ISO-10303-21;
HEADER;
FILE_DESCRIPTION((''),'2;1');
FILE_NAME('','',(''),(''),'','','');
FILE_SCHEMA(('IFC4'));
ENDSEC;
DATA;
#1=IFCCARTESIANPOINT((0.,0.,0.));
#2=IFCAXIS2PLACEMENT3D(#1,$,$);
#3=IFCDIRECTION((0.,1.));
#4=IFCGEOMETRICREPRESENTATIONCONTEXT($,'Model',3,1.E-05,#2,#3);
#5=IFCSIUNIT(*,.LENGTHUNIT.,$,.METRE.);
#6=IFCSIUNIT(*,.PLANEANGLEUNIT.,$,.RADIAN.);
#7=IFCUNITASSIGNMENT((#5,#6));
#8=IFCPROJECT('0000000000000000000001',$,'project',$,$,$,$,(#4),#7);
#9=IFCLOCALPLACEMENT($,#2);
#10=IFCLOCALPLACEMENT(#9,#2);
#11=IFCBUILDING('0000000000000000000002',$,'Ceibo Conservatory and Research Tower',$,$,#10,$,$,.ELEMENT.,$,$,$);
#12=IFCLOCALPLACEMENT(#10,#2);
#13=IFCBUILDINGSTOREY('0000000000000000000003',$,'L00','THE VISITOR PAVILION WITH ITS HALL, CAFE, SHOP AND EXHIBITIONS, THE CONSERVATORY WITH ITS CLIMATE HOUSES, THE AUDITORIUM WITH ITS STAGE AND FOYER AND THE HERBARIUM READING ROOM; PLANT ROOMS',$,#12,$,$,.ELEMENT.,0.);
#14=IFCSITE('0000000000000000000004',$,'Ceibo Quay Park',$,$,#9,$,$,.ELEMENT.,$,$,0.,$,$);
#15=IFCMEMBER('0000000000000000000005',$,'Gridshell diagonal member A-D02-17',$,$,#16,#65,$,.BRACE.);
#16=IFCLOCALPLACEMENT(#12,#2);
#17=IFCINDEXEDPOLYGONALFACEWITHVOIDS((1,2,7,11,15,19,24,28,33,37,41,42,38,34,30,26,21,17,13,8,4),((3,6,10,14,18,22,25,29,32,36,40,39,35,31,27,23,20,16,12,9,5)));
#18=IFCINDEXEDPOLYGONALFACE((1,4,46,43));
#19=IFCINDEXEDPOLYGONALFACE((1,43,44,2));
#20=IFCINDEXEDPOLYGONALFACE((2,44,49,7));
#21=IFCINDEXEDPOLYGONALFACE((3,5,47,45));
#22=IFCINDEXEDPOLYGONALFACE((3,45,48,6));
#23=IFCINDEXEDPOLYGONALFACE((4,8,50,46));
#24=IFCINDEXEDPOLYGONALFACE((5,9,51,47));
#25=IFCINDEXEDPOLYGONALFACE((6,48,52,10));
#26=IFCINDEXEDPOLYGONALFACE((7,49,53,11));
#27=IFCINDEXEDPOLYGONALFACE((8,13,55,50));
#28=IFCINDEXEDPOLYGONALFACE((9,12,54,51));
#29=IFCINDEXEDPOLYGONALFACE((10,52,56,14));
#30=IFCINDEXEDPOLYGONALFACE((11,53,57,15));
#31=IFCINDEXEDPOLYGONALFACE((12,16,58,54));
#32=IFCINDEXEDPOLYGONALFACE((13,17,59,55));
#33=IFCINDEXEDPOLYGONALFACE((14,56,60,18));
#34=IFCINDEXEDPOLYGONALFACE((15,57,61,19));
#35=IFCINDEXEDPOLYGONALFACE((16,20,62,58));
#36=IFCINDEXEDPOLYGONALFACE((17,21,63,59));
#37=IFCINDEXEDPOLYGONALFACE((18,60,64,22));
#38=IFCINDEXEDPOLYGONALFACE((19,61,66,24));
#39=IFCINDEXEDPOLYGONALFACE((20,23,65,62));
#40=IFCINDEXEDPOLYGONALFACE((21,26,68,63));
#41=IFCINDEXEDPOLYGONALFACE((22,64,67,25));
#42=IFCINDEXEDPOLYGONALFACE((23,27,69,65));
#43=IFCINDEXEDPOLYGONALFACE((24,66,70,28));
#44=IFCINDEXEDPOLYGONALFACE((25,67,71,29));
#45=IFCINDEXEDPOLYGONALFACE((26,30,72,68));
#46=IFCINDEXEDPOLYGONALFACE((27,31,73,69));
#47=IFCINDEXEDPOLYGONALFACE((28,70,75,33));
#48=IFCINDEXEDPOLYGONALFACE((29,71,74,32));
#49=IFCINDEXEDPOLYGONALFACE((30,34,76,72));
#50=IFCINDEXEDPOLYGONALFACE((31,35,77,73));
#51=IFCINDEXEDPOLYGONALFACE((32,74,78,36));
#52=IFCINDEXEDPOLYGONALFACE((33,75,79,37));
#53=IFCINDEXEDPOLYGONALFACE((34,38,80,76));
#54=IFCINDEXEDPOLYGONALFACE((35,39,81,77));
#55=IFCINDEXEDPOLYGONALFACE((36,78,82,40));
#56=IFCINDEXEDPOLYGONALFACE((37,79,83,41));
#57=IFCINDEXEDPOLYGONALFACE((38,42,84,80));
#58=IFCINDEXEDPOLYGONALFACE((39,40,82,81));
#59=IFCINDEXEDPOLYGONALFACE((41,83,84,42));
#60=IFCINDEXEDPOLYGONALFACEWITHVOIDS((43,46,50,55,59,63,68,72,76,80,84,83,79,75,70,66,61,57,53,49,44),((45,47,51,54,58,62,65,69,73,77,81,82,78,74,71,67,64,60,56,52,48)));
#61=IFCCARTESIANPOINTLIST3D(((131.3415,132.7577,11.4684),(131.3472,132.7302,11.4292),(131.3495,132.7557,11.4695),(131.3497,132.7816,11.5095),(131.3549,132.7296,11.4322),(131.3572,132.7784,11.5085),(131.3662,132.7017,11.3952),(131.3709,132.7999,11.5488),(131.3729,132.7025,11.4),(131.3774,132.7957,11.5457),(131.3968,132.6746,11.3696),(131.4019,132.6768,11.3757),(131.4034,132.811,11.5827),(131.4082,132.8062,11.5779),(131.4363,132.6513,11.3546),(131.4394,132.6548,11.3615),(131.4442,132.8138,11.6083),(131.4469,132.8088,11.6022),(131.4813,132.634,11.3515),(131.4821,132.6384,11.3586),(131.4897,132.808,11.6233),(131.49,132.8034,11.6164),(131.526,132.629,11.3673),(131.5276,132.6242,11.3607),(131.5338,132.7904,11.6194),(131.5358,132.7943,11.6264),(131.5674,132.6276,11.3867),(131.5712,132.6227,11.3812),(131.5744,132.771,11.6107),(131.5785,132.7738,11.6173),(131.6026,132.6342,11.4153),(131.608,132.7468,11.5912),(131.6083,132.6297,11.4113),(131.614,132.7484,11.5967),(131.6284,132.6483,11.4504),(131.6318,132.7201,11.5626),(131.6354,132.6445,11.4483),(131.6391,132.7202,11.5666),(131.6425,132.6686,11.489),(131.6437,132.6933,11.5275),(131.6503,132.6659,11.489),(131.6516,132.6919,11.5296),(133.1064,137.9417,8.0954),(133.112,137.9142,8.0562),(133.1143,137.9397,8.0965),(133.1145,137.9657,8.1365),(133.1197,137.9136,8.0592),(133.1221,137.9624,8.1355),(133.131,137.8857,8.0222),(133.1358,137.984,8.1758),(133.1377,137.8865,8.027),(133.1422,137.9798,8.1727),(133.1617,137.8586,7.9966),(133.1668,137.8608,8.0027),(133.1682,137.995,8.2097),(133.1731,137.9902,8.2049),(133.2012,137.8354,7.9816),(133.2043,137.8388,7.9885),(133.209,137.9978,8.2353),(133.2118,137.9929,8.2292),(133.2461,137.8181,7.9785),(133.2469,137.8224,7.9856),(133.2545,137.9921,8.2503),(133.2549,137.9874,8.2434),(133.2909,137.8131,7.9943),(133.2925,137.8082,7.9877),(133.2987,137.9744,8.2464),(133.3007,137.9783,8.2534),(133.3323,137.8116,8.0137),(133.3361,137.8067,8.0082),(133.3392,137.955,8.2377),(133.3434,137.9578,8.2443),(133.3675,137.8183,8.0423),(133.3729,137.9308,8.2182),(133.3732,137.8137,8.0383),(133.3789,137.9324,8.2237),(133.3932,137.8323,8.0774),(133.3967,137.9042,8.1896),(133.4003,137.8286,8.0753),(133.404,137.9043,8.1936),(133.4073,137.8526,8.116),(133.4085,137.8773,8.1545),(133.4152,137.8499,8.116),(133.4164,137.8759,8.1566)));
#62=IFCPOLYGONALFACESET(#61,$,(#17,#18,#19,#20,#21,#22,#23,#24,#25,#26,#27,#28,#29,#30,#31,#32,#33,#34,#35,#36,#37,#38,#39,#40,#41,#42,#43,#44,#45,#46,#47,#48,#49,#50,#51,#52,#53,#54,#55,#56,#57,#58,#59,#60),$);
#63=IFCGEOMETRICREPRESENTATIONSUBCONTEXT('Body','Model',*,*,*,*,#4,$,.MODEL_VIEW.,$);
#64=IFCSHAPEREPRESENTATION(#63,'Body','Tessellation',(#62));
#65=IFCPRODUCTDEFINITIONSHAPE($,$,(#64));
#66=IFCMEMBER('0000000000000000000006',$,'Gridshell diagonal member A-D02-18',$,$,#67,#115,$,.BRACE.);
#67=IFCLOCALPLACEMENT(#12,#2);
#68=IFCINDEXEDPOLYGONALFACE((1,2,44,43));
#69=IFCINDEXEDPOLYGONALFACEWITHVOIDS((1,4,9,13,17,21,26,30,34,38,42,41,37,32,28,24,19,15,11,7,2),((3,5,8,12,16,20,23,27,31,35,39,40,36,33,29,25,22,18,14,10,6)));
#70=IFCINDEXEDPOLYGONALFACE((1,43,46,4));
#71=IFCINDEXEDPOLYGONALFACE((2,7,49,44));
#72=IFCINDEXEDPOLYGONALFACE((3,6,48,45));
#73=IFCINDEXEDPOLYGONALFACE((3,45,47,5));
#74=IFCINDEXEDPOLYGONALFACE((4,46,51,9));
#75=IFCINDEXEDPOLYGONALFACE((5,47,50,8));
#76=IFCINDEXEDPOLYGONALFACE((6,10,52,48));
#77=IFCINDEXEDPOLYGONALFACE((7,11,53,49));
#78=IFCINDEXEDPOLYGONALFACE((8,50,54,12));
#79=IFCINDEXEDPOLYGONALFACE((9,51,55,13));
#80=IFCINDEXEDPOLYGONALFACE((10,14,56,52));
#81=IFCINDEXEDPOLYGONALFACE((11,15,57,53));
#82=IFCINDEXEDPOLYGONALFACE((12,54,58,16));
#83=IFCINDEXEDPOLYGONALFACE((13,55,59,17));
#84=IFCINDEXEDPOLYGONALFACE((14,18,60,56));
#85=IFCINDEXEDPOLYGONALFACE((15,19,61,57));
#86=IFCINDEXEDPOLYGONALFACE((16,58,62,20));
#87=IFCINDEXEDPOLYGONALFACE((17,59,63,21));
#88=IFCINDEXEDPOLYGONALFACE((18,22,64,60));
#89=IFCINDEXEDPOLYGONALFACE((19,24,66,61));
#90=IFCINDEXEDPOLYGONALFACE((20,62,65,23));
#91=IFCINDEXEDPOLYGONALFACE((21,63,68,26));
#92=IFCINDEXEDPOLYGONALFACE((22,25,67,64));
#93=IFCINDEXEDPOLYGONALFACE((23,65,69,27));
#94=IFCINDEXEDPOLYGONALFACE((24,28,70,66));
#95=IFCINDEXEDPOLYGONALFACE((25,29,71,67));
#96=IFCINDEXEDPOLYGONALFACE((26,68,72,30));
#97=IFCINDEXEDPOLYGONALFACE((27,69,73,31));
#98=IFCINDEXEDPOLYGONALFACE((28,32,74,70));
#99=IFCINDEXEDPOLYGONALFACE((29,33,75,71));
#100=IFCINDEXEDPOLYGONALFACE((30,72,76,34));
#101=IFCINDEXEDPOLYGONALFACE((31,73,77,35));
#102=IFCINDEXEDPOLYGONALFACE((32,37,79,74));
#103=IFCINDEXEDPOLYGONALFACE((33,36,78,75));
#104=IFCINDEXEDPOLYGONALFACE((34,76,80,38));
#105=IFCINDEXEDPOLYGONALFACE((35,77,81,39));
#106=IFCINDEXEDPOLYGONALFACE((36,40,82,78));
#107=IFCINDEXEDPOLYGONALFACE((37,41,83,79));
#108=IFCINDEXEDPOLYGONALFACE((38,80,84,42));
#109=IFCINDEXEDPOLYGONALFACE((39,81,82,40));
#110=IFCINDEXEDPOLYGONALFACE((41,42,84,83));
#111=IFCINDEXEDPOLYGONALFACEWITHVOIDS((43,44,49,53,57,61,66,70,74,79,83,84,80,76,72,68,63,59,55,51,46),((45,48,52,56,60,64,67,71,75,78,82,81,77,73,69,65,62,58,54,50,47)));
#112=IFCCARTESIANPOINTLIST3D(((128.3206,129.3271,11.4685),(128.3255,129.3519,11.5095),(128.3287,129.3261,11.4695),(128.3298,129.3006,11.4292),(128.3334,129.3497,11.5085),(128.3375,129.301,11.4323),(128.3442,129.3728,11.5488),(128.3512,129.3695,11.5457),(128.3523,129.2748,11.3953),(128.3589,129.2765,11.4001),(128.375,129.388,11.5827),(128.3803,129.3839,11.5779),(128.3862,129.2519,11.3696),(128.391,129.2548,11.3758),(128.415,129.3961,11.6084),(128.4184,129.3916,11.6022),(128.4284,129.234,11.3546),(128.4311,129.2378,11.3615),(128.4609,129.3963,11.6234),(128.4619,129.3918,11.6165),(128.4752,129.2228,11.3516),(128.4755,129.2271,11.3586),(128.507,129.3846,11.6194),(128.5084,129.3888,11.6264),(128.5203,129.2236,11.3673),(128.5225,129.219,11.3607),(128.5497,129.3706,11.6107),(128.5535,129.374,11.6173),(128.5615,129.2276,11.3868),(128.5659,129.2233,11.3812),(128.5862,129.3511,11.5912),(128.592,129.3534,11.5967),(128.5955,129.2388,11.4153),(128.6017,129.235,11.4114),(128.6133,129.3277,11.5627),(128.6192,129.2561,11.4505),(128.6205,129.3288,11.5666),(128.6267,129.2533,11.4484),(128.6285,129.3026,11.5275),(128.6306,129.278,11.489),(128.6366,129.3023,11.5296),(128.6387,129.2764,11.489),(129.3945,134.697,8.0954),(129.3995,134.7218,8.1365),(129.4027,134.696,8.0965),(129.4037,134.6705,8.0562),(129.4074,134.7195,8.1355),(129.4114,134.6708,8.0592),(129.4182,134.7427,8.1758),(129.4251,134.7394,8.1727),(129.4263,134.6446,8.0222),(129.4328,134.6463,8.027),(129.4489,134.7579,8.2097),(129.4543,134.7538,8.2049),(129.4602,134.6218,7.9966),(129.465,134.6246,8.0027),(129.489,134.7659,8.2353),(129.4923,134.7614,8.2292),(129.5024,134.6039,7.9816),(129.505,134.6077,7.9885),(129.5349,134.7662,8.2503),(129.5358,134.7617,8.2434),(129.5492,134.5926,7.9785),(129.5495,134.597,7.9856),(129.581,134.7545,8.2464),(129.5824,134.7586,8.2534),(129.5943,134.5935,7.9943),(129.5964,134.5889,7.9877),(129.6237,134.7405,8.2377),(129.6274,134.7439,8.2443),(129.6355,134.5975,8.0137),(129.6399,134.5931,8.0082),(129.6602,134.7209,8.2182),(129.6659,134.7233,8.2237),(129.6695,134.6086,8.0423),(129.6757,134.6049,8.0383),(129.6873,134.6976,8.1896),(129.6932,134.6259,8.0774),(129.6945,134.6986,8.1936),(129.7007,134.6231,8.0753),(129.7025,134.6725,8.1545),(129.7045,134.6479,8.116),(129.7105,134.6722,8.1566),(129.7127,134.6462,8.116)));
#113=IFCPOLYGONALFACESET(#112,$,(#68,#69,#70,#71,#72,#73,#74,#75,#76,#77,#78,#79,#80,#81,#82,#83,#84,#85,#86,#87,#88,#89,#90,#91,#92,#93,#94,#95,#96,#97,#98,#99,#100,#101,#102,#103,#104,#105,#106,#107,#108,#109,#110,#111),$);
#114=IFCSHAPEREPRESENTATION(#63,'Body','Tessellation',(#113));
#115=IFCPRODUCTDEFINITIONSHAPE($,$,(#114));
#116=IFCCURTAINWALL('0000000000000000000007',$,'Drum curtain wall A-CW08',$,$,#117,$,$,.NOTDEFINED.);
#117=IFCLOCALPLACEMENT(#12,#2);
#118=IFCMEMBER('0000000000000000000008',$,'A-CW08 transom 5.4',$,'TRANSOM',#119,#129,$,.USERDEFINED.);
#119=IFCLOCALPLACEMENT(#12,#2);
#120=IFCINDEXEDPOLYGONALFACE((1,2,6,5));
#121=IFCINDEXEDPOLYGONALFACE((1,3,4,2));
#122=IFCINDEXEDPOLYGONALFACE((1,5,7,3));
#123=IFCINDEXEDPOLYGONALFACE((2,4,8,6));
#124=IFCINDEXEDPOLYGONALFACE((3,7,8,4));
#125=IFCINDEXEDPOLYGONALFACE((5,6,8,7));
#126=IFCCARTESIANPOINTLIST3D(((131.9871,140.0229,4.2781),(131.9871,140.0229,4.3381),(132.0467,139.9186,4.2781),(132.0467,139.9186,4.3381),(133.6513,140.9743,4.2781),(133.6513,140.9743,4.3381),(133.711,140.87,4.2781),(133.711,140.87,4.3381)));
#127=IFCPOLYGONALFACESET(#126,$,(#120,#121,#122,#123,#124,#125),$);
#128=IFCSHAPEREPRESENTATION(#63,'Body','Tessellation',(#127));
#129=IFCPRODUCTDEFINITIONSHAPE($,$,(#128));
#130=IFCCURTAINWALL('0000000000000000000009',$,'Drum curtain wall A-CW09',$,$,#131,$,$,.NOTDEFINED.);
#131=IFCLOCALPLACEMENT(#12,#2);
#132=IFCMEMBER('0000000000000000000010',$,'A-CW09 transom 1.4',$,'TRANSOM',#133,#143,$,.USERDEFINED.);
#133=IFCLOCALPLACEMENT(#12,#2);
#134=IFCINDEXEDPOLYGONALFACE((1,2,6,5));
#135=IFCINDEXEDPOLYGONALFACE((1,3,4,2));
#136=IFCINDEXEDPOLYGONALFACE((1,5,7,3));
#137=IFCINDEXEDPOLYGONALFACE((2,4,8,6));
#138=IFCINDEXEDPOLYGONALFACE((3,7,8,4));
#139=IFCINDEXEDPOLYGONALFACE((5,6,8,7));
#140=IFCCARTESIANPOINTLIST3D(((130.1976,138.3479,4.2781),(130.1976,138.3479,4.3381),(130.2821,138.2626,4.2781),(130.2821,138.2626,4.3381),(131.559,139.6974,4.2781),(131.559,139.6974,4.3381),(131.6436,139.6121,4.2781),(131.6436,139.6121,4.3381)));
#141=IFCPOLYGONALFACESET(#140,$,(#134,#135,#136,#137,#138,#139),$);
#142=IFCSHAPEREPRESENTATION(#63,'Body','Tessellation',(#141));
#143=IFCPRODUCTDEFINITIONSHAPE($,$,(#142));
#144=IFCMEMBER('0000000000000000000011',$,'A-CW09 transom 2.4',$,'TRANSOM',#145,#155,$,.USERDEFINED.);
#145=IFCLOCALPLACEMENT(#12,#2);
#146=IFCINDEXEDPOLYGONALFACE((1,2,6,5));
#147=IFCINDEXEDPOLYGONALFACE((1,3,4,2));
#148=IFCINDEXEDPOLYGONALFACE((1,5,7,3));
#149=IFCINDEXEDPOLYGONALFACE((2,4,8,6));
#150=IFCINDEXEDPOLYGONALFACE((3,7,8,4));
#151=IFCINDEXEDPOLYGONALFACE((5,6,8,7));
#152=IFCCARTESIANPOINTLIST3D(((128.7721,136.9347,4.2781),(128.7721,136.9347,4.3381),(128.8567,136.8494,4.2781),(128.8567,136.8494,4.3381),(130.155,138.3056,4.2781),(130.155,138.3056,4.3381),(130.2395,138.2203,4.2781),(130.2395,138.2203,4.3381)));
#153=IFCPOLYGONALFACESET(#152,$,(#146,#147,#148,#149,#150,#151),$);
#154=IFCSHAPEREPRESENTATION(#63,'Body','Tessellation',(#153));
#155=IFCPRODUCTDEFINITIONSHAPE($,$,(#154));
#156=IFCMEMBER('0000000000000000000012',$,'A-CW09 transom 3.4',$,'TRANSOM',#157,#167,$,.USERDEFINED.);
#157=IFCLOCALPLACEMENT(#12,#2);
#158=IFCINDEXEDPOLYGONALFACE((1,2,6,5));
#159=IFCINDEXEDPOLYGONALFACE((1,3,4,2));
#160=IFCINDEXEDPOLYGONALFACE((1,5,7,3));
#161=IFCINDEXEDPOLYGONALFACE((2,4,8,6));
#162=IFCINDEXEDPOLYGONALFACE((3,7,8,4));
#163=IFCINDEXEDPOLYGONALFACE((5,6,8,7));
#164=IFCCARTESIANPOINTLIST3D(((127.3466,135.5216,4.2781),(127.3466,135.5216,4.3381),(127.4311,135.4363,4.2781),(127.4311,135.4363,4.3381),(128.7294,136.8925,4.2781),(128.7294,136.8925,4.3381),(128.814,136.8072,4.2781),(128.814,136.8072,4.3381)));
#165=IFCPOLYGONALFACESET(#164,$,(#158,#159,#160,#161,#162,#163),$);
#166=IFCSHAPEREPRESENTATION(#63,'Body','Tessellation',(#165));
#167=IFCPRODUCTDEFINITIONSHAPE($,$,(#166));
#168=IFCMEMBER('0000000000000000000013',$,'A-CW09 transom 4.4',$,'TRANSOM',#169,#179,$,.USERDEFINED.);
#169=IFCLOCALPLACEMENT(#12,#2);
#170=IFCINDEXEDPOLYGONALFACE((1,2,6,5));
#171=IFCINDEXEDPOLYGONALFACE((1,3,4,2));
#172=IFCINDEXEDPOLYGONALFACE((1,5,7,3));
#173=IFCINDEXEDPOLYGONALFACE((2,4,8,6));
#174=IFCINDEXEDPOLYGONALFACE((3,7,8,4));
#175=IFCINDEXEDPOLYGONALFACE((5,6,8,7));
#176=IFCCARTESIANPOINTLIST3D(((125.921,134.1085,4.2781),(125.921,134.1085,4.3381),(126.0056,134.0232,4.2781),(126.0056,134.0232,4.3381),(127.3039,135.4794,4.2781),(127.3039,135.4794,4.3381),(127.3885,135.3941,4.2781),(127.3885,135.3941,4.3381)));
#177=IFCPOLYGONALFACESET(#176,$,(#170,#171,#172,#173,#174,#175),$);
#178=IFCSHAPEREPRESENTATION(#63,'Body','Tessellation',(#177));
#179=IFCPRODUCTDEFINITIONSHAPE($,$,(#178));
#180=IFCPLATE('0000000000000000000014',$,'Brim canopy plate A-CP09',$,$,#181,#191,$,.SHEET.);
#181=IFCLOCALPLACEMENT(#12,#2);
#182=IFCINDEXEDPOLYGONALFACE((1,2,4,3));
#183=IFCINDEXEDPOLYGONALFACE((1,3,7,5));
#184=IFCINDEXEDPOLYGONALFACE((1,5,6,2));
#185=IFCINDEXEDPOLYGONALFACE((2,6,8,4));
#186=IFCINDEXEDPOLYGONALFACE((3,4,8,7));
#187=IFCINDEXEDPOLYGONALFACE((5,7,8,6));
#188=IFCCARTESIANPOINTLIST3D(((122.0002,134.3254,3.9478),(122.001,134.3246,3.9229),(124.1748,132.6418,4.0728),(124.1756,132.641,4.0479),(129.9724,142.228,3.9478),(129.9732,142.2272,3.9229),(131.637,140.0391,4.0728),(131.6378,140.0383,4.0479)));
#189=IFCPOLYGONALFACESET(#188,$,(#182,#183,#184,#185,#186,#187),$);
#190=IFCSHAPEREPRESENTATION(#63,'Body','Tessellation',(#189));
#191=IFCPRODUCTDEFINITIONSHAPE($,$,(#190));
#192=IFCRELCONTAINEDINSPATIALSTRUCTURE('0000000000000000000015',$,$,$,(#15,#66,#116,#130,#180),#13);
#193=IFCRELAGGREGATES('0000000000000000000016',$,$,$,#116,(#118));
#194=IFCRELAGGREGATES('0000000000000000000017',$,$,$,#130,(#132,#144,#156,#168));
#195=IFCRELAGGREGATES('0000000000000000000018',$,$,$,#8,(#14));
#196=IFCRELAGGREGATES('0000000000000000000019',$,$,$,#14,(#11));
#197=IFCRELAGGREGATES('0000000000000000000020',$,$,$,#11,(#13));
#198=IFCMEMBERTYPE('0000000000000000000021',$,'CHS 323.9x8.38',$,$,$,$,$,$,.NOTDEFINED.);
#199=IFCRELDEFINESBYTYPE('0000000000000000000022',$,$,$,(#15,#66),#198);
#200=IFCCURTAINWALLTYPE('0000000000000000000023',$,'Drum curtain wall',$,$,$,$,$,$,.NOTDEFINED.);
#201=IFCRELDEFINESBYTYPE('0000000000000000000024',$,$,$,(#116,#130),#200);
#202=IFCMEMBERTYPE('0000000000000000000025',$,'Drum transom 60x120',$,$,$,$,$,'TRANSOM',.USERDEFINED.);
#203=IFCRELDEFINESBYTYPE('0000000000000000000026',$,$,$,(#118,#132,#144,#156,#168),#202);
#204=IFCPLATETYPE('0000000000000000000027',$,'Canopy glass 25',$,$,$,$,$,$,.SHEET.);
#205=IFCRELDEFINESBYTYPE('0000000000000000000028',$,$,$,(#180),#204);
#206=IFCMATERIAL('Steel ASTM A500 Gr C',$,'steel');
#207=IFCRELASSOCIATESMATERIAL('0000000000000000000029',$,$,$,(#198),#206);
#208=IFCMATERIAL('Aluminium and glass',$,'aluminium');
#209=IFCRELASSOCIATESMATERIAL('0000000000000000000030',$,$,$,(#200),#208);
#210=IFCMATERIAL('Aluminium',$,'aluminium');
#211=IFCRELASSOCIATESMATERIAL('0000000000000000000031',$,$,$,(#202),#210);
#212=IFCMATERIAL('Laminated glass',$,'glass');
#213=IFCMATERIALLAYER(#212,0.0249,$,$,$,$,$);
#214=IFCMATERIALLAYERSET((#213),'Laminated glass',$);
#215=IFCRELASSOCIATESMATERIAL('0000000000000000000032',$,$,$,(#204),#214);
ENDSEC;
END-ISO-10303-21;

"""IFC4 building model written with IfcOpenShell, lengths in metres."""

from ifc_helpers import new_model, si_unit, direction, frame, origin, origin_2d, place, context, subcontext, project, spatial, polyline, rectangle, hollow_circle, outline, extrude, material, layer, layer_set, material_profile, profile_set, type_object, element, aggregate, save


model = new_model("IFC4")

# Units and contexts
model_context = context("Model", 3, precision=1e-05, world=origin(), true_north=direction((0.0, 1.0)))
body_context = subcontext(model_context, "Body", "Model", "MODEL_VIEW")
ifc_project = project(units=[si_unit("LENGTHUNIT", "METRE"), si_unit("PLANEANGLEUNIT", "RADIAN")], contexts=[model_context])

# Site, building, storey
site_placement = place(None, origin())
site = spatial("IfcSite", under=ifc_project, at=site_placement, Name="Ceibo Quay Park", CompositionType="ELEMENT", RefElevation=0.0)
building_placement = place(site_placement, origin())
building = spatial("IfcBuilding", under=site, at=building_placement, Name="Ceibo Conservatory and Research Tower", CompositionType="ELEMENT")
storey_placement = place(building_placement, origin())
storey = spatial("IfcBuildingStorey", under=building, at=storey_placement, Name="L00", Description="THE VISITOR PAVILION WITH ITS HALL, CAFE, SHOP AND EXHIBITIONS, THE CONSERVATORY WITH ITS CLIMATE HOUSES, THE AUDITORIUM WITH ITS STAGE AND FOYER AND THE HERBARIUM READING ROOM; PLANT ROOMS", CompositionType="ELEMENT", Elevation=0.0)

# Members
ifc_material_1 = material(Name="Steel ASTM A500 Gr C", Category="steel")
ifc_material_profile_1 = material_profile(ifc_material_1, hollow_circle(Radius=0.1619, WallThickness=0.0083, at=origin_2d()), Name="CHS 323.9x8.38")
ifc_profile_set_1 = profile_set([ifc_material_profile_1], Name="Steel ASTM A500 Gr C")
member_type_1 = type_object("IfcMemberType", Name="CHS 323.9x8.38", PredefinedType="NOTDEFINED", material=ifc_profile_set_1)
for number, where, z_axis, x_axis, name in (
    (1, (133.262, 137.9021, 8.116), (-0.274405, -0.806018, 0.524439), (0.946644, -0.32228, 0.0), "Gridshell diagonal member A-D02-17"),
    (2, (129.554, 134.678, 8.116), (-0.166982, -0.834911, 0.524443), (0.980581, -0.196116, 0.0), "Gridshell diagonal member A-D02-18"),
):
    element("IfcMember", number, at=place(storey_placement, frame(where, z_axis=z_axis, x_axis=x_axis)), inside=storey, type_object=member_type_1, Name=name, PredefinedType="BRACE", context=body_context, shape_type="SweptSolid", body=[
        extrude(hollow_circle(Radius=0.1619, WallThickness=0.0083, at=origin_2d()), origin(), (0.0, 0.0, 1.0), 6.4316),
    ])

# Curtain wall, member
ifc_material_2 = material(Name="Aluminium and glass", Category="aluminium")
curtain_wall_type = type_object("IfcCurtainWallType", Name="Drum curtain wall", PredefinedType="NOTDEFINED", material=ifc_material_2)
curtain_wall_1_placement = place(storey_placement, origin())
curtain_wall_1 = element("IfcCurtainWall", 3, at=curtain_wall_1_placement, inside=storey, type_object=curtain_wall_type, Name="Drum curtain wall A-CW08", PredefinedType="NOTDEFINED")
ifc_material_3 = material(Name="Aluminium", Category="aluminium")
ifc_material_profile_2 = material_profile(ifc_material_3, rectangle(XDim=0.1201, YDim=0.0601, at=origin_2d()), Name="AL 60x120")
ifc_profile_set_2 = profile_set([ifc_material_profile_2], Name="Aluminium")
member_type_2 = type_object("IfcMemberType", Name="Drum transom 60x120", ElementType="TRANSOM", PredefinedType="USERDEFINED", material=ifc_profile_set_2)
member_1_placement = place(storey_placement, frame((133.6812, 140.9221, 4.3081), z_axis=(-0.868157, -0.49629, 0.0), x_axis=(0.49629, -0.868157, 0.0)))
member_1 = element("IfcMember", 4, at=member_1_placement, type_object=member_type_2, Name="A-CW08 transom 5.4", ObjectType="TRANSOM", PredefinedType="USERDEFINED", context=body_context, shape_type="SweptSolid", body=[
    extrude(rectangle(XDim=0.1201, YDim=0.0601, at=origin_2d()), origin(), (0.0, 0.0, 1.0), 1.917),
])

# Curtain wall, members
curtain_wall_2_placement = place(storey_placement, origin())
curtain_wall_2 = element("IfcCurtainWall", 5, at=curtain_wall_2_placement, inside=storey, type_object=curtain_wall_type, Name="Drum curtain wall A-CW09", PredefinedType="NOTDEFINED")
member_2_placement = place(storey_placement, frame((131.6013, 139.6548, 4.3081), z_axis=(-0.71022, -0.70398, 0.0), x_axis=(0.70398, -0.71022, 0.0)))
member_2 = element("IfcMember", 6, at=member_2_placement, type_object=member_type_2, Name="A-CW09 transom 1.4", ObjectType="TRANSOM", PredefinedType="USERDEFINED", context=body_context, shape_type="SweptSolid", body=[
    extrude(rectangle(XDim=0.1201, YDim=0.0601, at=origin_2d()), origin(), (0.0, 0.0, 1.0), 1.917),
])
member_3_placement = place(storey_placement, frame((130.1973, 138.2629, 4.3081), z_axis=(-0.710172, -0.704028, 0.0), x_axis=(0.704028, -0.710172, 0.0)))
member_3 = element("IfcMember", 7, at=member_3_placement, type_object=member_type_2, Name="A-CW09 transom 2.4", ObjectType="TRANSOM", PredefinedType="USERDEFINED", context=body_context, shape_type="SweptSolid", body=[
    extrude(rectangle(XDim=0.1201, YDim=0.0601, at=origin_2d()), origin(), (0.0, 0.0, 1.0), 1.9473),
])
member_4_placement = place(storey_placement, frame((128.7717, 136.8499, 4.3081), z_axis=(-0.710172, -0.704028, 0.0), x_axis=(0.704028, -0.710172, 0.0)))
member_4 = element("IfcMember", 8, at=member_4_placement, type_object=member_type_2, Name="A-CW09 transom 3.4", ObjectType="TRANSOM", PredefinedType="USERDEFINED", context=body_context, shape_type="SweptSolid", body=[
    extrude(rectangle(XDim=0.1201, YDim=0.0601, at=origin_2d()), origin(), (0.0, 0.0, 1.0), 1.9473),
])
member_5_placement = place(storey_placement, frame((127.3462, 135.4368, 4.3081), z_axis=(-0.710172, -0.704028, 0.0), x_axis=(0.704028, -0.710172, 0.0)))
member_5 = element("IfcMember", 9, at=member_5_placement, type_object=member_type_2, Name="A-CW09 transom 4.4", ObjectType="TRANSOM", PredefinedType="USERDEFINED", context=body_context, shape_type="SweptSolid", body=[
    extrude(rectangle(XDim=0.1201, YDim=0.0601, at=origin_2d()), origin(), (0.0, 0.0, 1.0), 1.9473),
])

# Plate
ifc_material_4 = material(Name="Laminated glass", Category="glass")
ifc_layer_1 = layer(ifc_material_4, 0.0249)
ifc_layer_set_1 = layer_set([ifc_layer_1], Name="Laminated glass")
plate_type_1 = type_object("IfcPlateType", Name="Canopy glass 25", PredefinedType="SHEET", material=ifc_layer_set_1)
plate_1_placement = place(storey_placement, frame((131.637, 140.0391, 4.0728), z_axis=(0.032242, -0.032526, -0.998951), x_axis=(-0.71019, -0.70401, 0.0)))
element("IfcPlate", 10, at=plate_1_placement, inside=storey, type_object=plate_type_1, Name="Brim canopy plate A-CP09", PredefinedType="SHEET", context=body_context, shape_type="SweptSolid", body=[
    extrude(outline(polyline([(0.0, 0.0), (10.5073, 0.0), (10.8664, 2.7294), (-0.3589, 2.7293), (0.0, 0.0)])), origin(), (0.0, 0.0, 1.0), 0.0249),
])
aggregate(curtain_wall_1, [member_1])
aggregate(curtain_wall_2, [member_2, member_3, member_4, member_5])

save(model, "model.ifc")
